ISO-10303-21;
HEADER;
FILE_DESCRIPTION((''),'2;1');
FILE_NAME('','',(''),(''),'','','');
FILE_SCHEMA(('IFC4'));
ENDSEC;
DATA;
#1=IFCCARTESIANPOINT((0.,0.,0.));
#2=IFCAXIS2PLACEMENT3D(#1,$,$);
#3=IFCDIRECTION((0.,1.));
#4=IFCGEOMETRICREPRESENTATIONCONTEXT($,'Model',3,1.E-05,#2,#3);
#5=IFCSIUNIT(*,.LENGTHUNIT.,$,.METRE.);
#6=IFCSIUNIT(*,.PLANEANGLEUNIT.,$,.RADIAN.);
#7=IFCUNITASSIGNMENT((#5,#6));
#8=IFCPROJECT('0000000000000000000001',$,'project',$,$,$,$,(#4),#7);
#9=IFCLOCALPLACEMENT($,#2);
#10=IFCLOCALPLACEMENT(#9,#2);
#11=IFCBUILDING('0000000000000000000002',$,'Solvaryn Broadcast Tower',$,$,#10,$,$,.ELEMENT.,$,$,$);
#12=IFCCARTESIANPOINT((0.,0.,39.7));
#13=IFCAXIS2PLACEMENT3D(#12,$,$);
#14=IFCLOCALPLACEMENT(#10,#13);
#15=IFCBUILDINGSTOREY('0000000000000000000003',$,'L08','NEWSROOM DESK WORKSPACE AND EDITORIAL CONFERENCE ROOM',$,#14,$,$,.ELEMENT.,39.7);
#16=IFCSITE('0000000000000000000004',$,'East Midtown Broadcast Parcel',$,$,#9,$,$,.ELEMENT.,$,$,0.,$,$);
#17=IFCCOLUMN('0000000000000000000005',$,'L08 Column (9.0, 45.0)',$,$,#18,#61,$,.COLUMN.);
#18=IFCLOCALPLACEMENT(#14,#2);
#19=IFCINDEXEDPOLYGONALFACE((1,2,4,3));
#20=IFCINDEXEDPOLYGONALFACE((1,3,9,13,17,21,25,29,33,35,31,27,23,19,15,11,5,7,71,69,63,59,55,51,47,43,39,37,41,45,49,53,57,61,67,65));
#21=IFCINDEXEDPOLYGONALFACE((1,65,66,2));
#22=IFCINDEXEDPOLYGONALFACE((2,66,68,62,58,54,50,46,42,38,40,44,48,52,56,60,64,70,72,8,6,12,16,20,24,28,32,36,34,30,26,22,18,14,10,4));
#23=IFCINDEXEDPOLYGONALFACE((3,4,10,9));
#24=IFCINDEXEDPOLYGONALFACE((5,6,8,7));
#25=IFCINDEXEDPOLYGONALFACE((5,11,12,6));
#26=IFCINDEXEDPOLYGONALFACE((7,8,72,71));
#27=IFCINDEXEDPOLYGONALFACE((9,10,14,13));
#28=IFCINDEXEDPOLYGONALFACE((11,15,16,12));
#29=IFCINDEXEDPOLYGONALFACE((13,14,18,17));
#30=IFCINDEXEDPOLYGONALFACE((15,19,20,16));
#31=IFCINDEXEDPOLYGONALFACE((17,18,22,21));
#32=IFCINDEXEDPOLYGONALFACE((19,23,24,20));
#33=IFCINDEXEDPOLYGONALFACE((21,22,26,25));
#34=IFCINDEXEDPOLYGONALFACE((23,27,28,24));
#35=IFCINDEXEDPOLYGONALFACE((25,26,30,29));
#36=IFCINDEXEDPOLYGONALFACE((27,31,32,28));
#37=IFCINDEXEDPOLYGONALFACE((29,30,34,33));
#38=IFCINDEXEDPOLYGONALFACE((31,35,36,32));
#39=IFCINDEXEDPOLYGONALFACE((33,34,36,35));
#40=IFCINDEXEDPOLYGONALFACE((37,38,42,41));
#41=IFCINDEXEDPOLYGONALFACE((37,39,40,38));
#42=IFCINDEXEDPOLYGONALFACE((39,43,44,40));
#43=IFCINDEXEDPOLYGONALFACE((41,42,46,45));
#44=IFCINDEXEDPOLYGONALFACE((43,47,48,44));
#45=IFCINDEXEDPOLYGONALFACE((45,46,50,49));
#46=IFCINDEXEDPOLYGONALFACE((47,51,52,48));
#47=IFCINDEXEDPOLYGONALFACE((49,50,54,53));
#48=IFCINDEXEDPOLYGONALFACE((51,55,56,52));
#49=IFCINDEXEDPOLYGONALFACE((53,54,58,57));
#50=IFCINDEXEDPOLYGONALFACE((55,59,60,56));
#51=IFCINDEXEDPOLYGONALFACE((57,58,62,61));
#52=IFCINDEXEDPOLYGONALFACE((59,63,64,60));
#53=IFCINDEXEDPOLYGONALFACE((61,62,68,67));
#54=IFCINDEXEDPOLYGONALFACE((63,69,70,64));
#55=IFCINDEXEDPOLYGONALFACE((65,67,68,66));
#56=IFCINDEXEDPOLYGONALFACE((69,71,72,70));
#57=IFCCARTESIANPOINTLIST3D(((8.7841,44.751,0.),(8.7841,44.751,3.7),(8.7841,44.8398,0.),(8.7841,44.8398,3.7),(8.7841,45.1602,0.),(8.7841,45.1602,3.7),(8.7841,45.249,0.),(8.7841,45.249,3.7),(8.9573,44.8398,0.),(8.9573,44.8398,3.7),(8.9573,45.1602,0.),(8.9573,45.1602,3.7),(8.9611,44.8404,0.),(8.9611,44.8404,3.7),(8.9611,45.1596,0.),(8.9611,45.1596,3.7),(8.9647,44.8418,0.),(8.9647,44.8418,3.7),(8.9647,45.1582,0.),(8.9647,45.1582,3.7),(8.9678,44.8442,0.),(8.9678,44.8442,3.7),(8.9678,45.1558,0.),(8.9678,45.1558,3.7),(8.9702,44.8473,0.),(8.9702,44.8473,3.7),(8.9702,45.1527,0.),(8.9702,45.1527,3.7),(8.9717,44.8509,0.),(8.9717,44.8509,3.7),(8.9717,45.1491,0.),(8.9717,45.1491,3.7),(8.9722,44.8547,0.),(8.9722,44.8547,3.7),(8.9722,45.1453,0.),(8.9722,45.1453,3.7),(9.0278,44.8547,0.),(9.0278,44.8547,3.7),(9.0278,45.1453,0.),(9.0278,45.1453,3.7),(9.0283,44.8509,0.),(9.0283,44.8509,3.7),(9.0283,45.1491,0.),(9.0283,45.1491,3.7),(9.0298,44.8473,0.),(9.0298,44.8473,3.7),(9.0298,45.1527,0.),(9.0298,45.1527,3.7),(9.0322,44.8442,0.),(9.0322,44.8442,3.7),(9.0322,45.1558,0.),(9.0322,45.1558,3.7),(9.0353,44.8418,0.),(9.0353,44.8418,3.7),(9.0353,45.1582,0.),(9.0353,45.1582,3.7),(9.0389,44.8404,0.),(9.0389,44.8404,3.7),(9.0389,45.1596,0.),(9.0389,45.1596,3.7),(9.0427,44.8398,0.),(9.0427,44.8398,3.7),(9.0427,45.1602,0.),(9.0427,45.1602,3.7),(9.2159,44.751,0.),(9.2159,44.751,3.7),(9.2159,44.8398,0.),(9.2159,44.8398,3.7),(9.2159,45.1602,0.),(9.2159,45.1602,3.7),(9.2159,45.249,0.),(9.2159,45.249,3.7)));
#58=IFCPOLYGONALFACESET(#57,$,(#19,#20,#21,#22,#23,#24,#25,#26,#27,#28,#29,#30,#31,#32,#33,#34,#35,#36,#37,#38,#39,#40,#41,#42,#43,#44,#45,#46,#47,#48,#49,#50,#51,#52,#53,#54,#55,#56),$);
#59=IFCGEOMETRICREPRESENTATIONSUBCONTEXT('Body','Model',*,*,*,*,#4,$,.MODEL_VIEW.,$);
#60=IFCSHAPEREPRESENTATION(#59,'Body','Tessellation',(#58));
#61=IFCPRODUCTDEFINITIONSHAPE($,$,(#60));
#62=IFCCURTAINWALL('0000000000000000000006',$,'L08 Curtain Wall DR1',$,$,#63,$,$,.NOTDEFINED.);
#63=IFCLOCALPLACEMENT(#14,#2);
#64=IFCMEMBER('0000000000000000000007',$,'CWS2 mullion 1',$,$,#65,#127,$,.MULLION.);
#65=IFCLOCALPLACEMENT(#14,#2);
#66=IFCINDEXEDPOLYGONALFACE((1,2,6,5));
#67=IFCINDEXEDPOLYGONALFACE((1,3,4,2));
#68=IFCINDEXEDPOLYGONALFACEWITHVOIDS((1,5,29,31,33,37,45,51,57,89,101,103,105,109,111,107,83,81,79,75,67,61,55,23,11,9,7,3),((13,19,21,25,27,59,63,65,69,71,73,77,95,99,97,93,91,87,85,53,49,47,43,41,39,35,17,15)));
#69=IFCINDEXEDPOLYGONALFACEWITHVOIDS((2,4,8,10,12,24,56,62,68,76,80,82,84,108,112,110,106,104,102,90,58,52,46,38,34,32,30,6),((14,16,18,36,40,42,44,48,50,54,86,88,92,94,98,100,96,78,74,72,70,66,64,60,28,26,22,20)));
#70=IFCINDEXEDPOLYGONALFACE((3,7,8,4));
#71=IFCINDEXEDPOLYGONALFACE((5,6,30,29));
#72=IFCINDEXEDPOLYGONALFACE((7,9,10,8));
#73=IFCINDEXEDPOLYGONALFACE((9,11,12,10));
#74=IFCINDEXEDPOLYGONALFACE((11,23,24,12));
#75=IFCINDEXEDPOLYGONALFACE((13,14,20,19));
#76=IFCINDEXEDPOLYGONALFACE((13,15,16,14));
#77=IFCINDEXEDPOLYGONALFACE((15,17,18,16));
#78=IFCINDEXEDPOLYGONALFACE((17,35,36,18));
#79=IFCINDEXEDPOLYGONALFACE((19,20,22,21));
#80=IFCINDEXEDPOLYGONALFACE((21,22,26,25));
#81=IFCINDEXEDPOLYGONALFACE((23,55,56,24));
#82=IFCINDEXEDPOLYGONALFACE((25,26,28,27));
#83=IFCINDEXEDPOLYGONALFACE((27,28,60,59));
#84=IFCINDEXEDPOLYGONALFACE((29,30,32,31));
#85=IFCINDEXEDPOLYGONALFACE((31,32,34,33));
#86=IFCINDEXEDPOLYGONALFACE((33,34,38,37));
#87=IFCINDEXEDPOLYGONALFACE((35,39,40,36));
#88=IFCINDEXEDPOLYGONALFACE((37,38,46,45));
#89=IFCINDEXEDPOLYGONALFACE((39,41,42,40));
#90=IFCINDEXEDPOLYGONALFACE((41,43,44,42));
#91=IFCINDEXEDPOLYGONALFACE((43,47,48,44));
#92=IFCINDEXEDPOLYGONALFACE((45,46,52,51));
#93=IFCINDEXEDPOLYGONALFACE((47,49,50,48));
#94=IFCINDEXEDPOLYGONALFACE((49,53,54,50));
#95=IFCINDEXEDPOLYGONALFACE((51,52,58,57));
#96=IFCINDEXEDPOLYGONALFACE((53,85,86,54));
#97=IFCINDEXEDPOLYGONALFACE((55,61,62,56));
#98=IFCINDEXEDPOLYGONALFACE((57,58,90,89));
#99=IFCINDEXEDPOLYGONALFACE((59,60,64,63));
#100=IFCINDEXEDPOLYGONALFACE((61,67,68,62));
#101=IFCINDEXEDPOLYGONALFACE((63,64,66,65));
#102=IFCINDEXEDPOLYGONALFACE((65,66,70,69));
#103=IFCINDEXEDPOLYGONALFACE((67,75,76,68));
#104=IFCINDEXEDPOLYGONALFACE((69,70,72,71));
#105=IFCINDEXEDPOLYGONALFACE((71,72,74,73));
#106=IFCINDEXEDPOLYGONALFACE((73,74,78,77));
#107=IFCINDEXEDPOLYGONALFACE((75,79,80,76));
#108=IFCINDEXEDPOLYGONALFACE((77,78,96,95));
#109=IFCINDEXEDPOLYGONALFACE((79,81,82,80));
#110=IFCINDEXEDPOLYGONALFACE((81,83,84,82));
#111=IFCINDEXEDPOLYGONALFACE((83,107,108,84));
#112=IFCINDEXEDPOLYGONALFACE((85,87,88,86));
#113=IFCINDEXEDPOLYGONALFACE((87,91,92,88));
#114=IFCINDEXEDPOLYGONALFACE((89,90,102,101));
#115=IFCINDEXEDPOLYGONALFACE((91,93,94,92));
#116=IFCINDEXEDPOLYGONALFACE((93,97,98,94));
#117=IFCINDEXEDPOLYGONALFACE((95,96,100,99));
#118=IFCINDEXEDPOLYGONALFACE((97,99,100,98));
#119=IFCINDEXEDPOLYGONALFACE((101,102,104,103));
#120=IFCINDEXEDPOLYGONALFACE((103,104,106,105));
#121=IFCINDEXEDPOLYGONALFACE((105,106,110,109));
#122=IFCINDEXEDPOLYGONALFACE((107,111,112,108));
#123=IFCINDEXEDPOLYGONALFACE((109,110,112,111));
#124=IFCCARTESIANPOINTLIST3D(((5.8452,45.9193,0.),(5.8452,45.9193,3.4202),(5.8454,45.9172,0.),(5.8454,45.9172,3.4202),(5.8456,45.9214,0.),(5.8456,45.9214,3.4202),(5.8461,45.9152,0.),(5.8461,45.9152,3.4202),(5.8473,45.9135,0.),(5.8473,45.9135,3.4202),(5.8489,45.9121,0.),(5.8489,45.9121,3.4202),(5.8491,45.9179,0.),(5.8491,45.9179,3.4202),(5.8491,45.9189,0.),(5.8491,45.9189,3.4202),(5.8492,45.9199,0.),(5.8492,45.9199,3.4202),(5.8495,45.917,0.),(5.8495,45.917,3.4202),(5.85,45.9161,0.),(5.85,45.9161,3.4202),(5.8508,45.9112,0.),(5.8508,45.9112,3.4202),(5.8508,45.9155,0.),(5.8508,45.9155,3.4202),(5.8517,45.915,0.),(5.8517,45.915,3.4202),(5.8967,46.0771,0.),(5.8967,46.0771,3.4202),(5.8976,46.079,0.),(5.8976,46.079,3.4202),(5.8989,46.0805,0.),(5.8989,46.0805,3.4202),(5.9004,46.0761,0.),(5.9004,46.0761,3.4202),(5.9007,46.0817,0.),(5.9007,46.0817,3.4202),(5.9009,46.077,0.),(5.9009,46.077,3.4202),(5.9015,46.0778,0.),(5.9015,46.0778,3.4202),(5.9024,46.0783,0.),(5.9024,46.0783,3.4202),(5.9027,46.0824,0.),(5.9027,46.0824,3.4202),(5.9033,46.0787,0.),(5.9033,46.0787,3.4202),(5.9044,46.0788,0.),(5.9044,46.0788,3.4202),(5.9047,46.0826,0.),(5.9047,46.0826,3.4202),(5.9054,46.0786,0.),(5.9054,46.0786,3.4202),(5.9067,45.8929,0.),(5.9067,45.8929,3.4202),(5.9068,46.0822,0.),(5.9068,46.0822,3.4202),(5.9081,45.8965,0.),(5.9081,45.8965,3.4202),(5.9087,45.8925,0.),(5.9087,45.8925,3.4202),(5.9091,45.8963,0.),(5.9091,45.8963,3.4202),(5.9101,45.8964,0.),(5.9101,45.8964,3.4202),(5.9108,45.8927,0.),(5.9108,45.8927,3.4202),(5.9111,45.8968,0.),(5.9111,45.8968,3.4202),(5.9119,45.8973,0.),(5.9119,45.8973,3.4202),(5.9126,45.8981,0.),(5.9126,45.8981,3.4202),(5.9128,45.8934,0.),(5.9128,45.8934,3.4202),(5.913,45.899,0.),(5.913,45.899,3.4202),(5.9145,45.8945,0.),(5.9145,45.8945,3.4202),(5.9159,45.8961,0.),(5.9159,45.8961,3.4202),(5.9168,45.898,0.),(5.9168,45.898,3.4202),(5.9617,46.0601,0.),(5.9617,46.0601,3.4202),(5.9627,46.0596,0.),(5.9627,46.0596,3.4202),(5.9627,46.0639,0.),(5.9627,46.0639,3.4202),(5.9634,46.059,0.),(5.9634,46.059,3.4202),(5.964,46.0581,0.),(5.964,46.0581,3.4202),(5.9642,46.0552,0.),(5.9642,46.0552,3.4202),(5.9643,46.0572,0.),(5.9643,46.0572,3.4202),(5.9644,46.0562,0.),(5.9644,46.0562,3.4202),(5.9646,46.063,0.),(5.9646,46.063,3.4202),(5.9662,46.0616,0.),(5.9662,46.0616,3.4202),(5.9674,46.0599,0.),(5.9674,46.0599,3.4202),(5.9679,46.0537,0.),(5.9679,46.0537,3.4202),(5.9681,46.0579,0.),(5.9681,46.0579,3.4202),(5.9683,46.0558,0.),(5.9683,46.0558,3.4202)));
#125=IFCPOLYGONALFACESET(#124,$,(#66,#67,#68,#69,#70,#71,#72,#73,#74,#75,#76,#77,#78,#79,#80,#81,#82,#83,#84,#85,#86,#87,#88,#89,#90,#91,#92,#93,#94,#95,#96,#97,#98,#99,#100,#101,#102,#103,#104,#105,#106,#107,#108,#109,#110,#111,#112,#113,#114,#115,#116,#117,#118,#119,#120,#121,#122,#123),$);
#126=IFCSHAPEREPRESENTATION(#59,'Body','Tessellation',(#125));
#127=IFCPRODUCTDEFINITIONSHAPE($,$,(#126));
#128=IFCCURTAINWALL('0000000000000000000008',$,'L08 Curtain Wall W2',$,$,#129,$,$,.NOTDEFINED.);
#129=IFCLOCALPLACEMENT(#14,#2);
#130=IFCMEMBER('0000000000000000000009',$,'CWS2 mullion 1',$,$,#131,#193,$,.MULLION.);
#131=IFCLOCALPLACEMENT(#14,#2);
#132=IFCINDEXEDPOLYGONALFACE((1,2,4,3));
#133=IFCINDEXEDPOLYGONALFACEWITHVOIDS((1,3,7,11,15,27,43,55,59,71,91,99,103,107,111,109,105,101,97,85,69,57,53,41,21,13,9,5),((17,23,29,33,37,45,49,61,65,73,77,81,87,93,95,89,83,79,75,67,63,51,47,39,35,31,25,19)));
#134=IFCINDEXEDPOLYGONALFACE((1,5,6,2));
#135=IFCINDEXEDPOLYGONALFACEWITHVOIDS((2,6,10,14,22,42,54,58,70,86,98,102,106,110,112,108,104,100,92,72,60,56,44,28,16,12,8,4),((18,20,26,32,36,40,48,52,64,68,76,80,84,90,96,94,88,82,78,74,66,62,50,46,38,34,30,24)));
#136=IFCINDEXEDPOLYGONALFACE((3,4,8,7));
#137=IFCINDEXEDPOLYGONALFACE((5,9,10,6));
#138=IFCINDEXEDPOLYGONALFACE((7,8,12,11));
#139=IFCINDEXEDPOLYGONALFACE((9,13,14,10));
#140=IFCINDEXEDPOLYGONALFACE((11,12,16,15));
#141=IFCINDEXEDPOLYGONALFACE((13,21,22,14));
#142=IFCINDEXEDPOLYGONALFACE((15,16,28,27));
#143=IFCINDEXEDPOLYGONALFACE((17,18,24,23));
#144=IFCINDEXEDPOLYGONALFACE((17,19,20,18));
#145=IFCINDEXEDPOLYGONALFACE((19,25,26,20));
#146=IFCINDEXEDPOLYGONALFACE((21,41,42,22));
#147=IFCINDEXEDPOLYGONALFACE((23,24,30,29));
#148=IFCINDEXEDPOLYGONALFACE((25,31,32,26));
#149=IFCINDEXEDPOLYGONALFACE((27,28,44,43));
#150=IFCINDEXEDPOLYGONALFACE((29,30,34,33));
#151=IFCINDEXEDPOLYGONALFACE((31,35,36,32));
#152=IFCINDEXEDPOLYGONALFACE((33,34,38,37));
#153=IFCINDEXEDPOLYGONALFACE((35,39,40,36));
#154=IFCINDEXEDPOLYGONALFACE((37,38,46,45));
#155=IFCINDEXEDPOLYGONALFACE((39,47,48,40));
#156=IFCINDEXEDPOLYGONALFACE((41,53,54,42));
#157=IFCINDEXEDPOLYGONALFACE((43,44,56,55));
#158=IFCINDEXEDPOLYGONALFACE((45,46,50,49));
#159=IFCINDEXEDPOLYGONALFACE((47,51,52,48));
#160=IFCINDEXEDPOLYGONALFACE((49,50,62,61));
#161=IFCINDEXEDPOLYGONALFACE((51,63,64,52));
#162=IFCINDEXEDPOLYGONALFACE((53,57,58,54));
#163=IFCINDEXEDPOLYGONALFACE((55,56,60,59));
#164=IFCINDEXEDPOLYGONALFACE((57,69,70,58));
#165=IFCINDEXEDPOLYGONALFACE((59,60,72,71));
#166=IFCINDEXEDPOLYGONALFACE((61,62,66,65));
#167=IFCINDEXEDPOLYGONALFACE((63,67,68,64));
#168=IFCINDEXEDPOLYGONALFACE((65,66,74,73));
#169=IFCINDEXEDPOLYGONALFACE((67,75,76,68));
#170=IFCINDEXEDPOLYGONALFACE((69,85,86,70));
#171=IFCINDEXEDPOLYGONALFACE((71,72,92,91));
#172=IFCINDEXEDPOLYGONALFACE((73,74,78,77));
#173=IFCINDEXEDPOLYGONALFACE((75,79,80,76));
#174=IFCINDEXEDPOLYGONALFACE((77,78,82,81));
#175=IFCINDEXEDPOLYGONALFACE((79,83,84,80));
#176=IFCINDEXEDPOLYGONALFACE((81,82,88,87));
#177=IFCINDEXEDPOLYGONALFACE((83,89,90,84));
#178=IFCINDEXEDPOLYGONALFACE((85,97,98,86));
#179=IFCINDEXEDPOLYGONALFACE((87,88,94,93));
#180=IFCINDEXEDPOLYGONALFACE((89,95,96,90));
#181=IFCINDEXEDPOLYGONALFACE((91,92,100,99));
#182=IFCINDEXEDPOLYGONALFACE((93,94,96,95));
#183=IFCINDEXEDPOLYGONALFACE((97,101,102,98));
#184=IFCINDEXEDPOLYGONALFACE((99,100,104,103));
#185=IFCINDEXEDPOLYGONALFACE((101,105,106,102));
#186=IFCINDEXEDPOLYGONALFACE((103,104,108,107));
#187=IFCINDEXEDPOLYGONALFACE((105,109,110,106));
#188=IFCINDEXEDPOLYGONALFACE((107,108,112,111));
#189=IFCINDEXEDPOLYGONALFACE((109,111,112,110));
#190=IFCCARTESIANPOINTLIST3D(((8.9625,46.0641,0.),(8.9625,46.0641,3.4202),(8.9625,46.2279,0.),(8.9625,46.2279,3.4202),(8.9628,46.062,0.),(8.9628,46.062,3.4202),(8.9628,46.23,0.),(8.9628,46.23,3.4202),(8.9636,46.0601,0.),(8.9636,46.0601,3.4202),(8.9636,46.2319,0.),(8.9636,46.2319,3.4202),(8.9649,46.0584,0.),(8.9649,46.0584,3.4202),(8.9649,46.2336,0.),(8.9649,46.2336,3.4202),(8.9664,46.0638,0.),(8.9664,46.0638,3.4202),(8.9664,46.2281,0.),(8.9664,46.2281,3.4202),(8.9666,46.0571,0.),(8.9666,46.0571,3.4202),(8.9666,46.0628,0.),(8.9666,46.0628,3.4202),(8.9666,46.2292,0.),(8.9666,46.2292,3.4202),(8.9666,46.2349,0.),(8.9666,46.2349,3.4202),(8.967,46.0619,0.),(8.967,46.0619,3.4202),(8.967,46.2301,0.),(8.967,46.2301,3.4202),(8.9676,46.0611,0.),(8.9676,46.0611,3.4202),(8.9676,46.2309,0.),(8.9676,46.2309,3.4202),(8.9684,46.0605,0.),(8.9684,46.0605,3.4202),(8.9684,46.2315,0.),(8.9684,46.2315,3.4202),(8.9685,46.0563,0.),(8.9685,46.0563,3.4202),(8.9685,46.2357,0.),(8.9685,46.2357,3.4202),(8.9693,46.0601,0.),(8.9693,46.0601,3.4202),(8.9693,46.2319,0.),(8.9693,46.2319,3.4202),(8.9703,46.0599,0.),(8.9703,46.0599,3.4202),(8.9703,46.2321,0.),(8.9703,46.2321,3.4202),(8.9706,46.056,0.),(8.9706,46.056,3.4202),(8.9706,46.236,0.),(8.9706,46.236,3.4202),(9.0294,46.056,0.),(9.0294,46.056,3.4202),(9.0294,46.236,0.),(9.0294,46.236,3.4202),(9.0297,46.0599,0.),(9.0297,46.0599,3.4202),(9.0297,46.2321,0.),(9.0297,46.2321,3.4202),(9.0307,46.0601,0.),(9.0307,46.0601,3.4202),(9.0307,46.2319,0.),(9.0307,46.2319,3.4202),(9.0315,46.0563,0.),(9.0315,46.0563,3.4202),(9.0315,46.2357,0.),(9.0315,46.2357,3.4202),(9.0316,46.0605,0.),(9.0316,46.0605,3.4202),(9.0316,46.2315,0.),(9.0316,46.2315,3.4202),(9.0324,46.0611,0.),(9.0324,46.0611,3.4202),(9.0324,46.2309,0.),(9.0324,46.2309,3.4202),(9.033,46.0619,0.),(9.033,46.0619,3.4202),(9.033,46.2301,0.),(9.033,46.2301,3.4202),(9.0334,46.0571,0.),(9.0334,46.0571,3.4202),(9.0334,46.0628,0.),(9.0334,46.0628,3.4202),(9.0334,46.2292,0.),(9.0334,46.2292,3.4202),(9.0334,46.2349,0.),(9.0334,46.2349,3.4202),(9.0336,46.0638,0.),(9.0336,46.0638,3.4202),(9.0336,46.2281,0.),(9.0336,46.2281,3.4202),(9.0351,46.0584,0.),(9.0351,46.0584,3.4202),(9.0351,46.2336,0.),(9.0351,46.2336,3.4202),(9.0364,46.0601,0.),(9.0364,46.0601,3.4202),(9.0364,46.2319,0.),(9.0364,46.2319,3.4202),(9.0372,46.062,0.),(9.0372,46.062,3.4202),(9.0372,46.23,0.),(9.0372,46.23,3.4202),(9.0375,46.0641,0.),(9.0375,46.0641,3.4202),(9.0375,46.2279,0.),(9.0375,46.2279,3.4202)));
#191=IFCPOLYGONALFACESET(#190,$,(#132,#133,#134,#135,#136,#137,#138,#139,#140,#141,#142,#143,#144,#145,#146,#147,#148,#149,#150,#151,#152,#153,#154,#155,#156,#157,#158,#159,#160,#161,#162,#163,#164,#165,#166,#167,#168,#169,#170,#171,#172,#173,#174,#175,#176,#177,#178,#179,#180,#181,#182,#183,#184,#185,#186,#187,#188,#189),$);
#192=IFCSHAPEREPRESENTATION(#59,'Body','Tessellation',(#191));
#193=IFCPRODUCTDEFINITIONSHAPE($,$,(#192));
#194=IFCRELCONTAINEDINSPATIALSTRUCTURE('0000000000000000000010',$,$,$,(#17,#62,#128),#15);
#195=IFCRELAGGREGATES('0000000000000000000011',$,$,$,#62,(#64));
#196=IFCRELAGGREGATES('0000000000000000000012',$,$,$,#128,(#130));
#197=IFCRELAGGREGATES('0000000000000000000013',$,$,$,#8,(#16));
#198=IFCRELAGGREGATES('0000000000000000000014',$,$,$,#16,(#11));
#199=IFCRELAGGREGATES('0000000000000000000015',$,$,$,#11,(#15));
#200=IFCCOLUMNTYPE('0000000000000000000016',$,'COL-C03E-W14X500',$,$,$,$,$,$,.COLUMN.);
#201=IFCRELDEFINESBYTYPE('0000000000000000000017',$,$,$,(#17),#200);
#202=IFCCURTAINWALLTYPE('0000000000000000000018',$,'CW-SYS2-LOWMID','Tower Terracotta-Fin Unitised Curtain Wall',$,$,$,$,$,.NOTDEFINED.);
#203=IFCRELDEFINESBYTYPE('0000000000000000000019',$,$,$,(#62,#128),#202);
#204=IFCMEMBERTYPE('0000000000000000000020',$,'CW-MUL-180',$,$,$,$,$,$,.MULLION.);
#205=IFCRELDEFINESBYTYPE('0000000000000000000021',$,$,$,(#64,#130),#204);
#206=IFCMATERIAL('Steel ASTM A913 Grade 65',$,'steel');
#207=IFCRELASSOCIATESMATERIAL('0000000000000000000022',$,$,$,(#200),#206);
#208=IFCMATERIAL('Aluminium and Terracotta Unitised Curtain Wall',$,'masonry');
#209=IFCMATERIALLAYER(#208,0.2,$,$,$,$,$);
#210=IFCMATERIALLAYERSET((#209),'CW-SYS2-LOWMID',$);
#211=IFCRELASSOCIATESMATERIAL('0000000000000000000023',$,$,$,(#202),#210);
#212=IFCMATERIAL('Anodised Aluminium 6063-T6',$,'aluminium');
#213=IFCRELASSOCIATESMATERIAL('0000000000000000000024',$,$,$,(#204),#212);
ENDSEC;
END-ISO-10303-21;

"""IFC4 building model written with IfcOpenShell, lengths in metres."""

from ifc_helpers import new_model, si_unit, direction, frame, origin, origin_2d, place, context, subcontext, project, spatial, hollow_rectangle, i_section, extrude, material, layer, layer_set, material_profile, profile_set, type_object, element, aggregate, save


model = new_model("IFC4")

# Units and contexts
model_context = context("Model", 3, precision=1e-05, world=origin(), true_north=direction((0.0, 1.0)))
body_context = subcontext(model_context, "Body", "Model", "MODEL_VIEW")
ifc_project = project(units=[si_unit("LENGTHUNIT", "METRE"), si_unit("PLANEANGLEUNIT", "RADIAN")], contexts=[model_context])

# Site, building, storey
site_placement = place(None, origin())
site = spatial("IfcSite", under=ifc_project, at=site_placement, Name="East Midtown Broadcast Parcel", CompositionType="ELEMENT", RefElevation=0.0)
building_placement = place(site_placement, origin())
building = spatial("IfcBuilding", under=site, at=building_placement, Name="Solvaryn Broadcast Tower", CompositionType="ELEMENT")
storey_placement = place(building_placement, frame((0.0, 0.0, 39.7)))
storey = spatial("IfcBuildingStorey", under=building, at=storey_placement, Name="L08", Description="NEWSROOM DESK WORKSPACE AND EDITORIAL CONFERENCE ROOM", CompositionType="ELEMENT", Elevation=39.7)

# Column
ifc_material_1 = material(Name="Steel ASTM A913 Grade 65", Category="steel")
ifc_material_profile_1 = material_profile(ifc_material_1, i_section(OverallWidth=0.4319, OverallDepth=0.498, WebThickness=0.0557, FlangeThickness=0.0889, FilletRadius=0.0149, at=origin_2d()))
ifc_profile_set_1 = profile_set([ifc_material_profile_1], Name="Steel ASTM A913 Grade 65")
column_type = type_object("IfcColumnType", Name="COL-C03E-W14X500", PredefinedType="COLUMN", material=ifc_profile_set_1)
column_placement = place(storey_placement, frame((9.0, 45.0, 0.0), z_axis=(0.0, 0.0, 1.0), x_axis=(1.0, 0.0, 0.0)))
element("IfcColumn", 1, at=column_placement, inside=storey, type_object=column_type, Name="L08 Column (9.0, 45.0)", PredefinedType="COLUMN", context=body_context, shape_type="SweptSolid", body=[
    extrude(i_section(OverallWidth=0.4319, OverallDepth=0.498, WebThickness=0.0557, FlangeThickness=0.0889, FilletRadius=0.0149, at=origin_2d()), origin(), (0.0, 0.0, 1.0), 3.7),
])

# Curtain wall, member
ifc_material_2 = material(Name="Aluminium and Terracotta Unitised Curtain Wall", Category="masonry")
ifc_layer_1 = layer(ifc_material_2, 0.2)
ifc_layer_set_1 = layer_set([ifc_layer_1], Name="CW-SYS2-LOWMID")
curtain_wall_type = type_object("IfcCurtainWallType", Name="CW-SYS2-LOWMID", Description="Tower Terracotta-Fin Unitised Curtain Wall", PredefinedType="NOTDEFINED", material=ifc_layer_set_1)
curtain_wall_1_placement = place(storey_placement, origin())
curtain_wall_1 = element("IfcCurtainWall", 2, at=curtain_wall_1_placement, inside=storey, type_object=curtain_wall_type, Name="L08 Curtain Wall DR1", PredefinedType="NOTDEFINED")
ifc_material_3 = material(Name="Anodised Aluminium 6063-T6", Category="aluminium")
ifc_material_profile_2 = material_profile(ifc_material_3, hollow_rectangle(XDim=0.075, YDim=0.1799, WallThickness=0.0039, InnerFilletRadius=0.0039, OuterFilletRadius=0.0081, at=origin_2d()))
ifc_profile_set_2 = profile_set([ifc_material_profile_2], Name="Anodised Aluminium 6063-T6")
member_type_1 = type_object("IfcMemberType", Name="CW-MUL-180", PredefinedType="MULLION", material=ifc_profile_set_2)
member_1_placement = place(storey_placement, frame((5.9067, 45.9875, 0.0), z_axis=(0.0, 0.0, 1.0), x_axis=(0.950215, -0.311594, 0.0)))
member_1 = element("IfcMember", 3, at=member_1_placement, type_object=member_type_1, Name="CWS2 mullion 1", PredefinedType="MULLION", context=body_context, shape_type="SweptSolid", body=[
    extrude(hollow_rectangle(XDim=0.075, YDim=0.1799, WallThickness=0.0039, InnerFilletRadius=0.0039, OuterFilletRadius=0.0081, at=origin_2d()), origin(), (0.0, 0.0, 1.0), 3.4202),
])

# Curtain wall, member
curtain_wall_2_placement = place(storey_placement, origin())
curtain_wall_2 = element("IfcCurtainWall", 4, at=curtain_wall_2_placement, inside=storey, type_object=curtain_wall_type, Name="L08 Curtain Wall W2", PredefinedType="NOTDEFINED")
member_2_placement = place(storey_placement, frame((9.0, 46.146, 0.0), z_axis=(0.0, 0.0, 1.0), x_axis=(-1.0, 0.0, 0.0)))
member_2 = element("IfcMember", 5, at=member_2_placement, type_object=member_type_1, Name="CWS2 mullion 1", PredefinedType="MULLION", context=body_context, shape_type="SweptSolid", body=[
    extrude(hollow_rectangle(XDim=0.075, YDim=0.1799, WallThickness=0.0039, InnerFilletRadius=0.0039, OuterFilletRadius=0.0081, at=origin_2d()), origin(), (0.0, 0.0, 1.0), 3.4202),
])

aggregate(curtain_wall_1, [member_1])

aggregate(curtain_wall_2, [member_2])

save(model, "model.ifc")
